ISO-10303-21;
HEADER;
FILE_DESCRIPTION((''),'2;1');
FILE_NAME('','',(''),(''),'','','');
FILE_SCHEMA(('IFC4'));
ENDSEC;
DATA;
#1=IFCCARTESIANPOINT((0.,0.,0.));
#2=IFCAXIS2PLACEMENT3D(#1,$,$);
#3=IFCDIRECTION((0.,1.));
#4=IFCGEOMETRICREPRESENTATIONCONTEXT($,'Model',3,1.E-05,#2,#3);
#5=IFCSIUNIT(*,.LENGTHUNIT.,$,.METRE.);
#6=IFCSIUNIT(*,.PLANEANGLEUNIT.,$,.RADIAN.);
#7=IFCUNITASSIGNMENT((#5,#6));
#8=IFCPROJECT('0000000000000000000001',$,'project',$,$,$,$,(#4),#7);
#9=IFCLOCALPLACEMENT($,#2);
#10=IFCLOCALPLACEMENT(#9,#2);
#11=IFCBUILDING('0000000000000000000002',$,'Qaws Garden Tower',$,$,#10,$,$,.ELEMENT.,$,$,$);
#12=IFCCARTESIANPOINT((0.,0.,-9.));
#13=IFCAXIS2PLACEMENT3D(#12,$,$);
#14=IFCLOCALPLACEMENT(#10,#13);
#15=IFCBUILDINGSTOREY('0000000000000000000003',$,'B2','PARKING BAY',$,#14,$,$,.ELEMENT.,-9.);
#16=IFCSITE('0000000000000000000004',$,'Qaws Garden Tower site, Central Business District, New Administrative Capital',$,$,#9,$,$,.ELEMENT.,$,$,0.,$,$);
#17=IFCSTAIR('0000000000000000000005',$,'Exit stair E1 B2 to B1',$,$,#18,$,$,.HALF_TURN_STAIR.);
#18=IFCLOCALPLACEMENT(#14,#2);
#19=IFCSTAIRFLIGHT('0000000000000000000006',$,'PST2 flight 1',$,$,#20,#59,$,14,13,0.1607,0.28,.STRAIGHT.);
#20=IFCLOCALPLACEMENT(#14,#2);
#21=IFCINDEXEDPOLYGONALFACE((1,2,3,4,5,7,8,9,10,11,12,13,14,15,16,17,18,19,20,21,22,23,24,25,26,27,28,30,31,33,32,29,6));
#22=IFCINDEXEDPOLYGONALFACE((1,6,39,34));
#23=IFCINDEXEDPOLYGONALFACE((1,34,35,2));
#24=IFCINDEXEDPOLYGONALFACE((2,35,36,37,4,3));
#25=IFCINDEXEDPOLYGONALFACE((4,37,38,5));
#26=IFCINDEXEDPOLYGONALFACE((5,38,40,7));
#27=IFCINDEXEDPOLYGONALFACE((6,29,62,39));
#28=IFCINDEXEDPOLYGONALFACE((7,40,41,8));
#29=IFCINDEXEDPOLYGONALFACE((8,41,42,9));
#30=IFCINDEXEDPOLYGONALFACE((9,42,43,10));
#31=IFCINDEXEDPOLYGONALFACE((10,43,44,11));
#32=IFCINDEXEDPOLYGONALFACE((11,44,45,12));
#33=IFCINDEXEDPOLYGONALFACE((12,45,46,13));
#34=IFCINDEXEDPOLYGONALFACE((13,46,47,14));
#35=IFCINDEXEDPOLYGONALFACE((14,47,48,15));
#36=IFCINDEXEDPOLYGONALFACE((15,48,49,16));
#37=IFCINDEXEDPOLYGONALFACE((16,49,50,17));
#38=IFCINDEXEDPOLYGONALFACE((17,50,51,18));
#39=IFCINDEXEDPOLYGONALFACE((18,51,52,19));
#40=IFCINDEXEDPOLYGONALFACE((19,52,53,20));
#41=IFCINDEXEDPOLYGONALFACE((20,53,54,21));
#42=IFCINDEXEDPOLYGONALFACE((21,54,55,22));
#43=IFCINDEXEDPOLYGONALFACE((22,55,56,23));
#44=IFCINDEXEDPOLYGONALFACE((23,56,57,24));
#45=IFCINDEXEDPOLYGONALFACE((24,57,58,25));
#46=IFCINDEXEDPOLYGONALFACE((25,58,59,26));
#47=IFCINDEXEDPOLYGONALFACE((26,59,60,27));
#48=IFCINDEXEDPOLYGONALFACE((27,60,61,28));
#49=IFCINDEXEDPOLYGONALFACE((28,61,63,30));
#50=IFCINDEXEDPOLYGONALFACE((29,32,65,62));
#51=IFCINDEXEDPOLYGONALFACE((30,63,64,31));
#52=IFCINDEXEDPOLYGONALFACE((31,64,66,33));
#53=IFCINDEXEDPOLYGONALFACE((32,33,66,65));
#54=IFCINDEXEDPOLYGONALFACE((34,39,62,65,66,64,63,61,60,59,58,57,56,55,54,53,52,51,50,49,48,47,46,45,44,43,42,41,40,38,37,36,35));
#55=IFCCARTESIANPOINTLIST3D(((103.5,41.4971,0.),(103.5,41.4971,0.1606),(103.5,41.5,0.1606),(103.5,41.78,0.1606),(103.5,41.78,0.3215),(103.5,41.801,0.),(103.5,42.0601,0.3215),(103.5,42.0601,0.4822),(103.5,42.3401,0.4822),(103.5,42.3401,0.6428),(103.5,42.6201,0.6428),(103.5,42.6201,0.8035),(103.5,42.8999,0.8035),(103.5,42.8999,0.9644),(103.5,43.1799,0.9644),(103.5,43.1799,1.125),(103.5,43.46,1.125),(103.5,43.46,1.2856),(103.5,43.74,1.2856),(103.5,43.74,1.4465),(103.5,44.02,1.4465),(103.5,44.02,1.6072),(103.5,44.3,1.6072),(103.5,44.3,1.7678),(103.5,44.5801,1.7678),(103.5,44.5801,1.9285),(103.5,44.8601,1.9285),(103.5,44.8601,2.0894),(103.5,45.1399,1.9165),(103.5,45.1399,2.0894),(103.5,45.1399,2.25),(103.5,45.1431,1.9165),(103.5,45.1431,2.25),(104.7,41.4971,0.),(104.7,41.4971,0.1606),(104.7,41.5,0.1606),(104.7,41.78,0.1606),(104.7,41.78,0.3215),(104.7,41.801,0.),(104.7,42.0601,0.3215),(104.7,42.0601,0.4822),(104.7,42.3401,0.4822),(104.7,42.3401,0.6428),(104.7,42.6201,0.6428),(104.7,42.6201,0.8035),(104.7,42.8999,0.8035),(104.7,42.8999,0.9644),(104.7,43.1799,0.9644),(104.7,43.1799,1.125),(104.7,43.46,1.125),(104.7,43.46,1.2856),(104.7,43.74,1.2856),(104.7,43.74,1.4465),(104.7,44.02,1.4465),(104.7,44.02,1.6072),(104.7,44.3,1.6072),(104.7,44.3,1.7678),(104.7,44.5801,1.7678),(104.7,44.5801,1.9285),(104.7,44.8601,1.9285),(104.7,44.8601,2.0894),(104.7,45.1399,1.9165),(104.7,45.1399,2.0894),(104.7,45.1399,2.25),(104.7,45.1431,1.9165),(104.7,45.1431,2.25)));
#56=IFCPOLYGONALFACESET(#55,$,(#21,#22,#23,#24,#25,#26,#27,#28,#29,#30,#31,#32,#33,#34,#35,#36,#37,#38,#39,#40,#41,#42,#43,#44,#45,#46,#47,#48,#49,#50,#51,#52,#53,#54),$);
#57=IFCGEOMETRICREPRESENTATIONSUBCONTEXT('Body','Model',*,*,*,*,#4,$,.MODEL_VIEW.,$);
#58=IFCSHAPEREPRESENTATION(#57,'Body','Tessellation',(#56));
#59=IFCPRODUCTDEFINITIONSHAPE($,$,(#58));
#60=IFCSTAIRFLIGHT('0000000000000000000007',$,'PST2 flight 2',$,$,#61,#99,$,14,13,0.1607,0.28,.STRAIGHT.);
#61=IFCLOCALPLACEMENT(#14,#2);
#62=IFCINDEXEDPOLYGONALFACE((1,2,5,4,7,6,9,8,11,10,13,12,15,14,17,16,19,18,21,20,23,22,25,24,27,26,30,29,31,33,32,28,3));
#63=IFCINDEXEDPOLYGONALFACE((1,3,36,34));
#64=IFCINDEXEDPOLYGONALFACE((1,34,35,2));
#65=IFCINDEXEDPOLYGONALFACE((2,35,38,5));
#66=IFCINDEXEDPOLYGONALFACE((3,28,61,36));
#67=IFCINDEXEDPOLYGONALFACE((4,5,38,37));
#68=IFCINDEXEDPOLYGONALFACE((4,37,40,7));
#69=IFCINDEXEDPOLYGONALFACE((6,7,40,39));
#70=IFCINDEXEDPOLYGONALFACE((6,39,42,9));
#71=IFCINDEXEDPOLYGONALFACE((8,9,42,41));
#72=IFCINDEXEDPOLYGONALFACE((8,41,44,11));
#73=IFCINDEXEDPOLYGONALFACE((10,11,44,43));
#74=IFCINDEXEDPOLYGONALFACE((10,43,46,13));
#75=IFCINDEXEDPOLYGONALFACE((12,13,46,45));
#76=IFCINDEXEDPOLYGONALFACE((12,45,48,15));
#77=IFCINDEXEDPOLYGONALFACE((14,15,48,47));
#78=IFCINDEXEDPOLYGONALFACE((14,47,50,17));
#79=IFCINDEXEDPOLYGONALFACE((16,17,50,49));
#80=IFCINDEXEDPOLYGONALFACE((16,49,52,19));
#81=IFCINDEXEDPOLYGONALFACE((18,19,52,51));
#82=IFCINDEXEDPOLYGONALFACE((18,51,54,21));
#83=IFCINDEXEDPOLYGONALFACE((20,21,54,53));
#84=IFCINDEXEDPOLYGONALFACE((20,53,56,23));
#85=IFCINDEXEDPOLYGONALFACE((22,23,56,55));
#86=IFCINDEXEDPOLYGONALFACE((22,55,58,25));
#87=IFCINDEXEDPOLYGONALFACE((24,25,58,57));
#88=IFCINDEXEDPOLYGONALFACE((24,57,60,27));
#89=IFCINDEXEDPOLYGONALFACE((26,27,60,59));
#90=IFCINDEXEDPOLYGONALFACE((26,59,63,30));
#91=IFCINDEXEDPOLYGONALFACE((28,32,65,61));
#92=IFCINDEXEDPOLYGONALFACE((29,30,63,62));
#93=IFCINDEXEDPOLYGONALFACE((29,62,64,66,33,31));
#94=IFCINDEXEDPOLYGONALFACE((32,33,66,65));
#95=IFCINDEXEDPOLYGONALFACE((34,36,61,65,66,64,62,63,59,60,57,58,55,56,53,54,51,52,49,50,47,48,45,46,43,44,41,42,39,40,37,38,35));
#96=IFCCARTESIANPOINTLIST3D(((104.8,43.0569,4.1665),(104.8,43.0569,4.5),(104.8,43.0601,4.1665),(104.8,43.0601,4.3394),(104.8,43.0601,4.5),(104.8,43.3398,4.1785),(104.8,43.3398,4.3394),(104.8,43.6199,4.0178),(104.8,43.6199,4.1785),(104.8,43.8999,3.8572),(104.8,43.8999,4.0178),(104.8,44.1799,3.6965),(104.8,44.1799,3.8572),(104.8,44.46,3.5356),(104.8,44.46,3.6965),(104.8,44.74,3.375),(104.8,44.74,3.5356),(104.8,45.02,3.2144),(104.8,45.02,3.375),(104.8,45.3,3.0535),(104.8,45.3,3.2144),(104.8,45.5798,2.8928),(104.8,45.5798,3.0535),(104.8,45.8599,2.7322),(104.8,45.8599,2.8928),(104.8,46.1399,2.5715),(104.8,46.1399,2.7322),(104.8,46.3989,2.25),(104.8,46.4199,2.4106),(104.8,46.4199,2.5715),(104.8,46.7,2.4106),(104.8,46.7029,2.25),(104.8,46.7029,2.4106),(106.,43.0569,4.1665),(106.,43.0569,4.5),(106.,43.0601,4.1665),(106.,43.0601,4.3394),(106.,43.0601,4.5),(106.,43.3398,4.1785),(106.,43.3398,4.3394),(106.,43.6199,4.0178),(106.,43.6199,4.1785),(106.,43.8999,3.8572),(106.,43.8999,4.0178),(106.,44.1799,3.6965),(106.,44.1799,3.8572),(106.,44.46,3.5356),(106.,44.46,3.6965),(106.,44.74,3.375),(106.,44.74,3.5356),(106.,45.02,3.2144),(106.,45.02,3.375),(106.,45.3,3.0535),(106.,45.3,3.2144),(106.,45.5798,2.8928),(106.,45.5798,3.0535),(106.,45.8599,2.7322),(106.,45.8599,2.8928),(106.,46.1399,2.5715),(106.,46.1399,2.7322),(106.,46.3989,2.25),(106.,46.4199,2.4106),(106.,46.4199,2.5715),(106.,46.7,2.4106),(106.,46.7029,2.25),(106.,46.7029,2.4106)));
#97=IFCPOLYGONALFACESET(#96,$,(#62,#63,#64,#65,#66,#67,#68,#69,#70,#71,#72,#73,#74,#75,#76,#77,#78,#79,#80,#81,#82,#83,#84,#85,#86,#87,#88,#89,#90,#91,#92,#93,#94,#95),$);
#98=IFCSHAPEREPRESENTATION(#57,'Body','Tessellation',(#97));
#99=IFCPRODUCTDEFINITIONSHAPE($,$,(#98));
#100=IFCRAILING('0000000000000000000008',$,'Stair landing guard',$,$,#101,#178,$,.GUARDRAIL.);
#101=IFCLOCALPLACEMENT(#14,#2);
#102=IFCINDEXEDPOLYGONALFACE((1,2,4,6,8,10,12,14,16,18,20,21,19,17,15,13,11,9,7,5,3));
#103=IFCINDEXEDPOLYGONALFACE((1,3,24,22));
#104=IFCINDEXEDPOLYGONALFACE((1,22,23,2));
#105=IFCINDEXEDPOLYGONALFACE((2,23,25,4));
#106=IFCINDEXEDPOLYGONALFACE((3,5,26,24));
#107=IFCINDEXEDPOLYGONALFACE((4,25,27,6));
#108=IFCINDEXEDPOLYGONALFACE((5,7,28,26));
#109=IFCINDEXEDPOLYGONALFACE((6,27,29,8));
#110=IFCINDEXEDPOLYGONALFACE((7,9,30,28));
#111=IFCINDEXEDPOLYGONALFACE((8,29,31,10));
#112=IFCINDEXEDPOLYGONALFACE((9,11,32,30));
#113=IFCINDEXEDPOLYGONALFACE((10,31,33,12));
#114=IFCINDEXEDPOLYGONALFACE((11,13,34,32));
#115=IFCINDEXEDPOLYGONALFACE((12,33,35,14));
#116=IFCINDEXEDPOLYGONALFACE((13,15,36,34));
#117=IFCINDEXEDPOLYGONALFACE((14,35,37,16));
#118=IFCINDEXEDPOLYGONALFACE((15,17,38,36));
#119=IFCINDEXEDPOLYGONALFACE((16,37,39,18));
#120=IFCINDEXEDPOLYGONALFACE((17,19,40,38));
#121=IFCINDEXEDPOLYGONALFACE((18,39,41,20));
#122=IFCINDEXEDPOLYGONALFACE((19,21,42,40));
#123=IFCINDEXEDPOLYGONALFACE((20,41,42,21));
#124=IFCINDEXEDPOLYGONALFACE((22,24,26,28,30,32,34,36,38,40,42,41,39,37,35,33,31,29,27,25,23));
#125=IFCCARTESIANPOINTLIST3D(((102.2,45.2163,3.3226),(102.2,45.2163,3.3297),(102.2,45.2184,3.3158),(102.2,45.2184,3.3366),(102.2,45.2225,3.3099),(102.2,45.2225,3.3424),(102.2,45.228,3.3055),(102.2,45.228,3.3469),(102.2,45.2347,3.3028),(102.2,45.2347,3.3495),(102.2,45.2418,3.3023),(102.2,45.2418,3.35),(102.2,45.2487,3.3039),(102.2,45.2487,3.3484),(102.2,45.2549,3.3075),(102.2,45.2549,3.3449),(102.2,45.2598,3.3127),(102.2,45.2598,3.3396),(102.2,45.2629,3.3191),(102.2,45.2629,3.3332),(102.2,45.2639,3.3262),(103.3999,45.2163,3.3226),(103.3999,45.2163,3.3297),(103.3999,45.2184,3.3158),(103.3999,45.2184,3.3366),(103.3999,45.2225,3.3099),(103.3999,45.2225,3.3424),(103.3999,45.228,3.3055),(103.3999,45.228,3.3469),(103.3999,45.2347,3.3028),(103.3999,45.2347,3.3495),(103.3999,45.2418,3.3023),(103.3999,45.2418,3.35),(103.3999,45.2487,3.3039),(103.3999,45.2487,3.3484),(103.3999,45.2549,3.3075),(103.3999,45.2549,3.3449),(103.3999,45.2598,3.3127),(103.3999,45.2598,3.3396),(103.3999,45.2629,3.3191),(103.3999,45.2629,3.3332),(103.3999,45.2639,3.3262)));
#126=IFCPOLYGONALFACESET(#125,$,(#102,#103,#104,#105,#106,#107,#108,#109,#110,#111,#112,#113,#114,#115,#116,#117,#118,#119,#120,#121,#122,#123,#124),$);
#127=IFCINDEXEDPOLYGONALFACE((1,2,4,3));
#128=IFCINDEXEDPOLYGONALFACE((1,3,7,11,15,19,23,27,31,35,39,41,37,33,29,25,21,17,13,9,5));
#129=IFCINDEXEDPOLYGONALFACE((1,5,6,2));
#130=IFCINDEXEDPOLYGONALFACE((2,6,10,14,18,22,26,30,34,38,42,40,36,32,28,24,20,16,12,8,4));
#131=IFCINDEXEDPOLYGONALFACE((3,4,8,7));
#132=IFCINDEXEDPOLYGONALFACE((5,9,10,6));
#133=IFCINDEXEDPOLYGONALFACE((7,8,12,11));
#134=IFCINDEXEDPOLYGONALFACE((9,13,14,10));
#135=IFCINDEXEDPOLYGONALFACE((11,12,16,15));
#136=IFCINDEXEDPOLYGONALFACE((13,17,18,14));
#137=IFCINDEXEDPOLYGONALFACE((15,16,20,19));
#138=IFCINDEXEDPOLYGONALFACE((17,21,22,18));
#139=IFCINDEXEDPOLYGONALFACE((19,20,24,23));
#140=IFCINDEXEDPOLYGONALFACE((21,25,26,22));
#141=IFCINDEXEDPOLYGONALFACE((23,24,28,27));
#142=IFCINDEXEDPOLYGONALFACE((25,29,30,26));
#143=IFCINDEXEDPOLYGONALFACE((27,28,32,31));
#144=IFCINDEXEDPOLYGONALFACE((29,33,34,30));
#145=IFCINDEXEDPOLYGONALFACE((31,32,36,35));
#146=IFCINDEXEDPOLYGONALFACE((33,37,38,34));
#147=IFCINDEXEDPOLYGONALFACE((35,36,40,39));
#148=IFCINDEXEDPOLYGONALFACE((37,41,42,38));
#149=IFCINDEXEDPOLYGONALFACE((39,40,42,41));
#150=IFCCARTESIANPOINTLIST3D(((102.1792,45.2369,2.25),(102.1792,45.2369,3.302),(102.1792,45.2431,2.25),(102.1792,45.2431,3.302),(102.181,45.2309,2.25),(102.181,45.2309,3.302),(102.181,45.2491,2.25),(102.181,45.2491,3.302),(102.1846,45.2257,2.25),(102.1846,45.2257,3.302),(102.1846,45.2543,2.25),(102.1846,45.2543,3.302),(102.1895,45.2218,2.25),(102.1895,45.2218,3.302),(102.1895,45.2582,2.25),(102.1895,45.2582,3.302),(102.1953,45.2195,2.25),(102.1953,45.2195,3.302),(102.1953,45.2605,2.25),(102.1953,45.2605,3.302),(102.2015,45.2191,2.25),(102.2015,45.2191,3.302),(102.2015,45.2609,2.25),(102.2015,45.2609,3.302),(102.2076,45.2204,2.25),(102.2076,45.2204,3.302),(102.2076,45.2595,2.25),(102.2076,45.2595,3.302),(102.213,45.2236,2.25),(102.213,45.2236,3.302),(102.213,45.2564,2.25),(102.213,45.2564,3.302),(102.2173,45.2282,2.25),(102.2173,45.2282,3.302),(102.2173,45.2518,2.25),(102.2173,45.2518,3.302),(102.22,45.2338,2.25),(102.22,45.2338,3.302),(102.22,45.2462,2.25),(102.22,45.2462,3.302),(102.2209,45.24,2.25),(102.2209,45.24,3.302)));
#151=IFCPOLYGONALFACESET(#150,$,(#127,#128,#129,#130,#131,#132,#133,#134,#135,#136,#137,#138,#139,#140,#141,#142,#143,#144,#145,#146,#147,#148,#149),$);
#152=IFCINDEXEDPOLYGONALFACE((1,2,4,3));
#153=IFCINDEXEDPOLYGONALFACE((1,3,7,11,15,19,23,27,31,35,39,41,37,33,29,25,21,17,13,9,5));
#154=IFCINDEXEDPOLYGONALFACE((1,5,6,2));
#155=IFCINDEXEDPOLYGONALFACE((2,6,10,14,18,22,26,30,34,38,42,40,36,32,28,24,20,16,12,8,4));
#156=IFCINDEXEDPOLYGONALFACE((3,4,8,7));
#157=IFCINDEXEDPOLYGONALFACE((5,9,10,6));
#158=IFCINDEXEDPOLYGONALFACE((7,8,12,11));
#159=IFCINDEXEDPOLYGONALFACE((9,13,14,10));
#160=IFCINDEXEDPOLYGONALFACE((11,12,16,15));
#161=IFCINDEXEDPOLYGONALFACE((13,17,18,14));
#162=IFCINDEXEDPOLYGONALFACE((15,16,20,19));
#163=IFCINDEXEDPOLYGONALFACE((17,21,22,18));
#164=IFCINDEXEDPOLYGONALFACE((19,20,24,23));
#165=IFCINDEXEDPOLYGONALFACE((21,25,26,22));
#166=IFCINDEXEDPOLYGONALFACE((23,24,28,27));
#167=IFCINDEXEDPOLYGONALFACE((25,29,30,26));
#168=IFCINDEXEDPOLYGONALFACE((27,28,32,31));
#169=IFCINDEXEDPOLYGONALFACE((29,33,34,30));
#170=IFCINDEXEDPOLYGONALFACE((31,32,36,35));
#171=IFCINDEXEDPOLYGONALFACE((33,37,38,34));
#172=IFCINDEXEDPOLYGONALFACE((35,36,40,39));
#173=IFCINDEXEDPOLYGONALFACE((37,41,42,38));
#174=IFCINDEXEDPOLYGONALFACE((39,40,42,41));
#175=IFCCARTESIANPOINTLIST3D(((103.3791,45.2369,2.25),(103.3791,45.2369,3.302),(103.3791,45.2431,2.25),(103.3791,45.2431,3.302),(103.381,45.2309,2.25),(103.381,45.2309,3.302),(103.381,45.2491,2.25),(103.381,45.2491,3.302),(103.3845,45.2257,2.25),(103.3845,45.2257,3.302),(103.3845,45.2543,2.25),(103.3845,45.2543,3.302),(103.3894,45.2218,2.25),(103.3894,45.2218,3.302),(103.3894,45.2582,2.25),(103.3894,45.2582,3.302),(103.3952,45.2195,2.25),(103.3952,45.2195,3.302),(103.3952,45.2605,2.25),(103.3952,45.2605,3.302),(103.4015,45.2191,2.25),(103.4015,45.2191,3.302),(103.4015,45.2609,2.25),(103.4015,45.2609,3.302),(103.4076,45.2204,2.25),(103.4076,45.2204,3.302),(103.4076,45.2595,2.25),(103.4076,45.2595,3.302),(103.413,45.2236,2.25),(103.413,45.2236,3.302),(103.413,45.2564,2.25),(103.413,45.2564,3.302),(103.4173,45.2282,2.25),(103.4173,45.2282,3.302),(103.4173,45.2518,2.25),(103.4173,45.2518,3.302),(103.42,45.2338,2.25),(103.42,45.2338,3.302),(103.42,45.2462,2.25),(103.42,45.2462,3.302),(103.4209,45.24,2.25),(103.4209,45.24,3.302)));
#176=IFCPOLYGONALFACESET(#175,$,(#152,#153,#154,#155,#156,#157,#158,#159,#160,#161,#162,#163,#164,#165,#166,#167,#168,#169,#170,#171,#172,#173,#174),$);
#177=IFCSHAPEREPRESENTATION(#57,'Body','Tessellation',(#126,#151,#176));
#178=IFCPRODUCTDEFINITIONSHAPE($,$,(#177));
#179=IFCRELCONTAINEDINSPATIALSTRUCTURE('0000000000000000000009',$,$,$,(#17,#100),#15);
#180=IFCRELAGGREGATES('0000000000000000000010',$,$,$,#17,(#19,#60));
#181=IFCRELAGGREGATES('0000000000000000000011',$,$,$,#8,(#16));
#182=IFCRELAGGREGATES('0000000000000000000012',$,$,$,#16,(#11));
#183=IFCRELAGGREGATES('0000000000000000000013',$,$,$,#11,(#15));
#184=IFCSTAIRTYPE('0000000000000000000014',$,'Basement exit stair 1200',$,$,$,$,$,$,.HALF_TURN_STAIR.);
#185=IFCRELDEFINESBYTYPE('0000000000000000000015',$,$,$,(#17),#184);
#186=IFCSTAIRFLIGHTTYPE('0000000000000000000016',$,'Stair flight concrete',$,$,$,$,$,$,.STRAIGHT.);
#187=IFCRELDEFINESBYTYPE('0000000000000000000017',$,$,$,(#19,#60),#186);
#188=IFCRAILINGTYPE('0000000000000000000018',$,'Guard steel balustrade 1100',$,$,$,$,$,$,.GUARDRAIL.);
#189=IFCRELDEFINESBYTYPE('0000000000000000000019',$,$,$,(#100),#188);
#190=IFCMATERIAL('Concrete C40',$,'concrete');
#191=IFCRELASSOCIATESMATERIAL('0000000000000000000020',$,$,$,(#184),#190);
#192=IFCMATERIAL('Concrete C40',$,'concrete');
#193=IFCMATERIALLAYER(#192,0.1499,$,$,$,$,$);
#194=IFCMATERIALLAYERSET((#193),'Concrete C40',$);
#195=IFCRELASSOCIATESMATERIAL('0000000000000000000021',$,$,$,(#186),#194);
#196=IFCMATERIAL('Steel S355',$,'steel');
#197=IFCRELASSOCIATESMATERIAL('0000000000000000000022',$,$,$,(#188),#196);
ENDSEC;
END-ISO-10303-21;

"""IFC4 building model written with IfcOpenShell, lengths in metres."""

from ifc_helpers import new_model, si_unit, direction, frame, origin, origin_2d, place, context, subcontext, project, spatial, polyline, circle, outline, extrude, material, layer, layer_set, type_object, element, aggregate, save


model = new_model("IFC4")

# Units and contexts
model_context = context("Model", 3, precision=1e-05, world=origin(), true_north=direction((0.0, 1.0)))
body_context = subcontext(model_context, "Body", "Model", "MODEL_VIEW")
ifc_project = project(units=[si_unit("LENGTHUNIT", "METRE"), si_unit("PLANEANGLEUNIT", "RADIAN")], contexts=[model_context])

# Site, building, storey
site_placement = place(None, origin())
site = spatial("IfcSite", under=ifc_project, at=site_placement, Name="Qaws Garden Tower site, Central Business District, New Administrative Capital", CompositionType="ELEMENT", RefElevation=0.0)
building_placement = place(site_placement, origin())
building = spatial("IfcBuilding", under=site, at=building_placement, Name="Qaws Garden Tower", CompositionType="ELEMENT")
storey_placement = place(building_placement, frame((0.0, 0.0, -9.0)))
storey = spatial("IfcBuildingStorey", under=building, at=storey_placement, Name="B2", Description="PARKING BAY", CompositionType="ELEMENT", Elevation=-9.0)

# Stair, stair flights
ifc_material_1 = material(Name="Concrete C40", Category="concrete")
stair_type = type_object("IfcStairType", Name="Basement exit stair 1200", PredefinedType="HALF_TURN_STAIR", material=ifc_material_1)
stair_placement = place(storey_placement, origin())
stair = element("IfcStair", 1, at=stair_placement, inside=storey, type_object=stair_type, Name="Exit stair E1 B2 to B1", PredefinedType="HALF_TURN_STAIR")
ifc_material_2 = material(Name="Concrete C40", Category="concrete")
ifc_layer_1 = layer(ifc_material_2, 0.1499)
ifc_layer_set_1 = layer_set([ifc_layer_1], Name="Concrete C40")
stair_flight_type = type_object("IfcStairFlightType", Name="Stair flight concrete", PredefinedType="STRAIGHT", material=ifc_layer_set_1)
stair_flight_1_placement = place(storey_placement, frame((104.1001, 41.5, 0.0), z_axis=(0.0, 0.0, 1.0), x_axis=(0.0, 1.0, 0.0)))
stair_flight_1 = element("IfcStairFlight", 2, at=stair_flight_1_placement, type_object=stair_flight_type, Name="PST2 flight 1", NumberOfRisers=14, NumberOfTreads=13, PredefinedType="STRAIGHT", RiserHeight=0.1607, TreadLength=0.28, context=body_context, shape_type="SweptSolid", body=[
    extrude(outline(polyline([(-0.0029, 0.0), (-0.0029, 0.1606), (0.0, 0.1606), (0.28, 0.1606), (0.28, 0.3215), (0.5601, 0.3215), (0.5601, 0.4822), (0.8401, 0.4822), (0.8401, 0.6428), (1.1201, 0.6428), (1.1201, 0.8035), (1.3999, 0.8035), (1.3999, 0.9644), (1.6799, 0.9644), (1.6799, 1.125), (1.96, 1.125), (1.96, 1.2856), (2.24, 1.2856), (2.24, 1.4465), (2.52, 1.4465), (2.52, 1.6072), (2.8, 1.6072), (2.8, 1.7678), (3.0801, 1.7678), (3.0801, 1.9285), (3.3601, 1.9285), (3.3601, 2.0894), (3.6399, 2.0894), (3.6399, 2.25), (3.6431, 2.25), (3.6431, 1.9165), (3.6399, 1.9165), (0.301, 0.0), (-0.0029, 0.0)])), frame((0.0, 0.6001, 0.0), z_axis=(0.0, -1.0, 0.0), x_axis=(1.0, 0.0, 0.0)), (0.0, 0.0, 1.0), 1.2),
])
stair_flight_2_placement = place(storey_placement, frame((105.3999, 46.7, 2.25), z_axis=(0.0, 0.0, 1.0), x_axis=(0.0, -1.0, 0.0)))
stair_flight_2 = element("IfcStairFlight", 3, at=stair_flight_2_placement, type_object=stair_flight_type, Name="PST2 flight 2", NumberOfRisers=14, NumberOfTreads=13, PredefinedType="STRAIGHT", RiserHeight=0.1607, TreadLength=0.28, context=body_context, shape_type="SweptSolid", body=[
    extrude(outline(polyline([(-0.0029, 0.0), (-0.0029, 0.1606), (0.0, 0.1606), (0.28, 0.1606), (0.28, 0.3215), (0.5601, 0.3215), (0.5601, 0.4822), (0.8401, 0.4822), (0.8401, 0.6428), (1.1201, 0.6428), (1.1201, 0.8035), (1.3999, 0.8035), (1.3999, 0.9644), (1.6799, 0.9644), (1.6799, 1.125), (1.96, 1.125), (1.96, 1.2856), (2.24, 1.2856), (2.24, 1.4465), (2.52, 1.4465), (2.52, 1.6072), (2.8, 1.6072), (2.8, 1.7678), (3.0801, 1.7678), (3.0801, 1.9285), (3.3601, 1.9285), (3.3601, 2.0894), (3.6399, 2.0894), (3.6399, 2.25), (3.6431, 2.25), (3.6431, 1.9165), (3.6399, 1.9165), (0.301, 0.0), (-0.0029, 0.0)])), frame((0.0, 0.6001, 0.0), z_axis=(0.0, -1.0, 0.0), x_axis=(1.0, 0.0, 0.0)), (0.0, 0.0, 1.0), 1.2),
])
aggregate(stair, [stair_flight_1, stair_flight_2])

# Railing
ifc_material_3 = material(Name="Steel S355", Category="steel")
railing_type_1 = type_object("IfcRailingType", Name="Guard steel balustrade 1100", PredefinedType="GUARDRAIL", material=ifc_material_3)
railing_placement = place(storey_placement, frame((102.2, 45.24, 2.25)))
element("IfcRailing", 4, at=railing_placement, inside=storey, type_object=railing_type_1, Name="Stair landing guard", PredefinedType="GUARDRAIL", context=body_context, shape_type="SweptSolid", body=[
    extrude(circle(Radius=0.0239, at=origin_2d()), frame((0.0, 0.0, 1.0762), z_axis=(1.0, 0.0, 0.0), x_axis=(0.0, 1.0, 0.0)), (0.0, 0.0, 1.0), 1.2),
    extrude(circle(Radius=0.021, at=origin_2d()), origin(), (0.0, 0.0, 1.0), 1.052),
    extrude(circle(Radius=0.021, at=origin_2d()), frame((1.2, 0.0, 0.0)), (0.0, 0.0, 1.0), 1.052),
])

save(model, "model.ifc")
